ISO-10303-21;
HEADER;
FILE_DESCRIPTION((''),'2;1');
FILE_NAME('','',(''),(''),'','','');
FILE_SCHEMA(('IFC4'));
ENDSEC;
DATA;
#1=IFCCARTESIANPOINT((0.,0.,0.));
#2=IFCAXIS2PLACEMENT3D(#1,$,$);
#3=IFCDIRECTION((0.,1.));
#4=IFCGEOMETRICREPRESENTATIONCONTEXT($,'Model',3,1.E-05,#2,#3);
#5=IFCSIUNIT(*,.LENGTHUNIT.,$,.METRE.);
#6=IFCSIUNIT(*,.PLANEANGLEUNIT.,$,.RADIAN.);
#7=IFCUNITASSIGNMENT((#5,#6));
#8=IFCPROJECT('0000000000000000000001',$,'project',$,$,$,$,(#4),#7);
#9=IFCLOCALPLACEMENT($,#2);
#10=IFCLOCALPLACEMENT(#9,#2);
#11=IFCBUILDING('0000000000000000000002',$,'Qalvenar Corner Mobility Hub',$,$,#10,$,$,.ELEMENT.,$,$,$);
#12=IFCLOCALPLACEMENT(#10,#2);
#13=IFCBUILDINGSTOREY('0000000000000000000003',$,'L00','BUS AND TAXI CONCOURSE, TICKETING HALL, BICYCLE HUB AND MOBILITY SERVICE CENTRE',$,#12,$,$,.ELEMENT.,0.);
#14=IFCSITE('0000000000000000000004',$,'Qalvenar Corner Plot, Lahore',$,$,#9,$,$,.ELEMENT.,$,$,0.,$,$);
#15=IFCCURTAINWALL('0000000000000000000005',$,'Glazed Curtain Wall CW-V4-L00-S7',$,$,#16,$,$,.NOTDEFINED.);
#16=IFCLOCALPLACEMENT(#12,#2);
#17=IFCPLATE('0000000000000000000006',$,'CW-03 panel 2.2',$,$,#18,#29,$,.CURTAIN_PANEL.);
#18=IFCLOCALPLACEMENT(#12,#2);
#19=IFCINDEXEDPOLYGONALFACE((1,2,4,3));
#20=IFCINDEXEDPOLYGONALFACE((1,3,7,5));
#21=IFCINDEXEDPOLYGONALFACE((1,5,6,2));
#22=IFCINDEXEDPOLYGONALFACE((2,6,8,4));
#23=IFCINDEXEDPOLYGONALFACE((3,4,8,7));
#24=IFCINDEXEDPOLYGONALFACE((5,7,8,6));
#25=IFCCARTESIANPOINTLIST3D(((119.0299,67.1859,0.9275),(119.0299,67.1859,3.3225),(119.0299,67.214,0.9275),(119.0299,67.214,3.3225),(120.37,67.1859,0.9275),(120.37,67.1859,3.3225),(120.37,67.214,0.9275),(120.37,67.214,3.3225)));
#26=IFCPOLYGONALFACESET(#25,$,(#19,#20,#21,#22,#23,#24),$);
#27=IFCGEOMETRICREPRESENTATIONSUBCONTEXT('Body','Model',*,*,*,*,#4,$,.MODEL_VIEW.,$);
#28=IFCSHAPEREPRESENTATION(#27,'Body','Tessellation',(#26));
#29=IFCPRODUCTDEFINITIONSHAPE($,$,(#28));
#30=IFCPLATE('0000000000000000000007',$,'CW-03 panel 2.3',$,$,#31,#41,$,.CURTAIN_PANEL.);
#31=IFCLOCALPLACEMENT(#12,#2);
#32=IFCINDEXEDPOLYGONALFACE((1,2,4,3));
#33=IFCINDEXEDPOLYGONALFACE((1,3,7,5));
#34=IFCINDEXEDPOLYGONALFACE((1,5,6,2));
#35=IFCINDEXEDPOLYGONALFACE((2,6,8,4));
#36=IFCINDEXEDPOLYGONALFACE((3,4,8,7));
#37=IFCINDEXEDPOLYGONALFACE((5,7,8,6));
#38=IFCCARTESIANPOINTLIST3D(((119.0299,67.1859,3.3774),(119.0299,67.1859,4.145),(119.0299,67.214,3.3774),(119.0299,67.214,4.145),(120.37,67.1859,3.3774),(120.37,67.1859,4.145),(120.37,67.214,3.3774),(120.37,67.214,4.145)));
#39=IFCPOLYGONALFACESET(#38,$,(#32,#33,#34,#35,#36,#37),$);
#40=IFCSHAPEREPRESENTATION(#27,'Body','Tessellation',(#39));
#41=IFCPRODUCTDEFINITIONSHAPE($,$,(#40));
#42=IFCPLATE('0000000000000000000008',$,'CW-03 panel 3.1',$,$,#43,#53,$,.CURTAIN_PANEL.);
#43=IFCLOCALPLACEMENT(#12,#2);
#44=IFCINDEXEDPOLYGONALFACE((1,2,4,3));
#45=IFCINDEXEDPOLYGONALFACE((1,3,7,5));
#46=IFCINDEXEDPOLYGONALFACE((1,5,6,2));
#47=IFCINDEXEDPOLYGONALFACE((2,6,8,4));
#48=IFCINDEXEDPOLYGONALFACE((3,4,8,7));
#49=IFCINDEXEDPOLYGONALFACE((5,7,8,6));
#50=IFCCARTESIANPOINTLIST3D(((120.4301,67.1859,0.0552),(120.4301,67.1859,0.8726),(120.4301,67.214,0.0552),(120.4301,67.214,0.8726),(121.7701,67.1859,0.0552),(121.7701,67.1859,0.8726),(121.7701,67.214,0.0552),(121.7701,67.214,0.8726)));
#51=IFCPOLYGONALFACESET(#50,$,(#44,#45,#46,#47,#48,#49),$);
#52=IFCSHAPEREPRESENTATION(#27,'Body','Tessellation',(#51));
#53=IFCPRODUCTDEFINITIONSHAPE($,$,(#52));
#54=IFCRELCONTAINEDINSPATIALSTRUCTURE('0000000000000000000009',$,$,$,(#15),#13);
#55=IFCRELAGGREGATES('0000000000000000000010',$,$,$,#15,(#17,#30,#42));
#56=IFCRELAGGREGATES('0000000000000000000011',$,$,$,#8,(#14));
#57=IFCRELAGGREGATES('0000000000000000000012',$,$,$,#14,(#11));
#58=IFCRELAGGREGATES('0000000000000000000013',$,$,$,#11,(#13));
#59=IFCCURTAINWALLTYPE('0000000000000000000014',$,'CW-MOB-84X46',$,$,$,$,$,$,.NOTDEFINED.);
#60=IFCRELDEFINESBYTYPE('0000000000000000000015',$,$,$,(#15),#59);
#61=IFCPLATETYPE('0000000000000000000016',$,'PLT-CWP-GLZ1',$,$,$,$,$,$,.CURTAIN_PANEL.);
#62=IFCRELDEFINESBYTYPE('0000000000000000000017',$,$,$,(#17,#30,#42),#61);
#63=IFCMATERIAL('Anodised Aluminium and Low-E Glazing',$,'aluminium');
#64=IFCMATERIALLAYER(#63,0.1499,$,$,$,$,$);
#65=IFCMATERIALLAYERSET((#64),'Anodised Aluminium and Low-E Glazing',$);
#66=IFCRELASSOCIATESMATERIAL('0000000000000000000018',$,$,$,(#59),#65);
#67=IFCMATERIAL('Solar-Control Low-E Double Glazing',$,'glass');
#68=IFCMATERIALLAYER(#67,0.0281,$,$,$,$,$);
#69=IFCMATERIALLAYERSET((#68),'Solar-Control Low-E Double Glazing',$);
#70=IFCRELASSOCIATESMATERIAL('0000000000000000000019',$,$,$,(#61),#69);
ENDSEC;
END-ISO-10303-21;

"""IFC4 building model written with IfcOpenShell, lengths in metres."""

from ifc_helpers import new_model, si_unit, direction, frame, origin, origin_2d, place, context, subcontext, project, spatial, rectangle, extrude, material, layer, layer_set, type_object, element, aggregate, save


model = new_model("IFC4")

# Units and contexts
model_context = context("Model", 3, precision=1e-05, world=origin(), true_north=direction((0.0, 1.0)))
body_context = subcontext(model_context, "Body", "Model", "MODEL_VIEW")
ifc_project = project(units=[si_unit("LENGTHUNIT", "METRE"), si_unit("PLANEANGLEUNIT", "RADIAN")], contexts=[model_context])

# Site, building, storey
site_placement = place(None, origin())
site = spatial("IfcSite", under=ifc_project, at=site_placement, Name="Qalvenar Corner Plot, Lahore", CompositionType="ELEMENT", RefElevation=0.0)
building_placement = place(site_placement, origin())
building = spatial("IfcBuilding", under=site, at=building_placement, Name="Qalvenar Corner Mobility Hub", CompositionType="ELEMENT")
storey_placement = place(building_placement, origin())
storey = spatial("IfcBuildingStorey", under=building, at=storey_placement, Name="L00", Description="BUS AND TAXI CONCOURSE, TICKETING HALL, BICYCLE HUB AND MOBILITY SERVICE CENTRE", CompositionType="ELEMENT", Elevation=0.0)

# Shared definitions
ifc_material_1 = material(Name="Anodised Aluminium and Low-E Glazing", Category="aluminium")
ifc_layer_1 = layer(ifc_material_1, 0.1499)
ifc_layer_set_1 = layer_set([ifc_layer_1], Name="Anodised Aluminium and Low-E Glazing")
curtain_wall_type = type_object("IfcCurtainWallType", Name="CW-MOB-84X46", PredefinedType="NOTDEFINED", material=ifc_layer_set_1)

# Curtain wall, plates
curtain_wall_1_placement = place(storey_placement, origin())
curtain_wall_1 = element("IfcCurtainWall", 1, at=curtain_wall_1_placement, inside=storey, type_object=curtain_wall_type, Name="Glazed Curtain Wall CW-V4-L00-S7", PredefinedType="NOTDEFINED")
ifc_material_2 = material(Name="Solar-Control Low-E Double Glazing", Category="glass")
ifc_layer_2 = layer(ifc_material_2, 0.0281)
ifc_layer_set_2 = layer_set([ifc_layer_2], Name="Solar-Control Low-E Double Glazing")
plate_type = type_object("IfcPlateType", Name="PLT-CWP-GLZ1", PredefinedType="CURTAIN_PANEL", material=ifc_layer_set_2)
plate_1_placement = place(storey_placement, frame((119.7, 67.2, 0.9275), z_axis=(0.0, 0.0, 1.0), x_axis=(1.0, 0.0, 0.0)))
plate_1 = element("IfcPlate", 2, at=plate_1_placement, type_object=plate_type, Name="CW-03 panel 2.2", PredefinedType="CURTAIN_PANEL", context=body_context, shape_type="SweptSolid", body=[
    extrude(rectangle(XDim=1.3401, YDim=0.0281, at=origin_2d()), origin(), (0.0, 0.0, 1.0), 2.395),
])
plate_2_placement = place(storey_placement, frame((119.7, 67.2, 3.3774), z_axis=(0.0, 0.0, 1.0), x_axis=(1.0, 0.0, 0.0)))
plate_2 = element("IfcPlate", 3, at=plate_2_placement, type_object=plate_type, Name="CW-03 panel 2.3", PredefinedType="CURTAIN_PANEL", context=body_context, shape_type="SweptSolid", body=[
    extrude(rectangle(XDim=1.3401, YDim=0.0281, at=origin_2d()), origin(), (0.0, 0.0, 1.0), 0.7676),
])
plate_3_placement = place(storey_placement, frame((121.1001, 67.2, 0.0552), z_axis=(0.0, 0.0, 1.0), x_axis=(1.0, 0.0, 0.0)))
plate_3 = element("IfcPlate", 4, at=plate_3_placement, type_object=plate_type, Name="CW-03 panel 3.1", PredefinedType="CURTAIN_PANEL", context=body_context, shape_type="SweptSolid", body=[
    extrude(rectangle(XDim=1.3401, YDim=0.0281, at=origin_2d()), origin(), (0.0, 0.0, 1.0), 0.8174),
])
aggregate(curtain_wall_1, [plate_1, plate_2, plate_3])

save(model, "model.ifc")
